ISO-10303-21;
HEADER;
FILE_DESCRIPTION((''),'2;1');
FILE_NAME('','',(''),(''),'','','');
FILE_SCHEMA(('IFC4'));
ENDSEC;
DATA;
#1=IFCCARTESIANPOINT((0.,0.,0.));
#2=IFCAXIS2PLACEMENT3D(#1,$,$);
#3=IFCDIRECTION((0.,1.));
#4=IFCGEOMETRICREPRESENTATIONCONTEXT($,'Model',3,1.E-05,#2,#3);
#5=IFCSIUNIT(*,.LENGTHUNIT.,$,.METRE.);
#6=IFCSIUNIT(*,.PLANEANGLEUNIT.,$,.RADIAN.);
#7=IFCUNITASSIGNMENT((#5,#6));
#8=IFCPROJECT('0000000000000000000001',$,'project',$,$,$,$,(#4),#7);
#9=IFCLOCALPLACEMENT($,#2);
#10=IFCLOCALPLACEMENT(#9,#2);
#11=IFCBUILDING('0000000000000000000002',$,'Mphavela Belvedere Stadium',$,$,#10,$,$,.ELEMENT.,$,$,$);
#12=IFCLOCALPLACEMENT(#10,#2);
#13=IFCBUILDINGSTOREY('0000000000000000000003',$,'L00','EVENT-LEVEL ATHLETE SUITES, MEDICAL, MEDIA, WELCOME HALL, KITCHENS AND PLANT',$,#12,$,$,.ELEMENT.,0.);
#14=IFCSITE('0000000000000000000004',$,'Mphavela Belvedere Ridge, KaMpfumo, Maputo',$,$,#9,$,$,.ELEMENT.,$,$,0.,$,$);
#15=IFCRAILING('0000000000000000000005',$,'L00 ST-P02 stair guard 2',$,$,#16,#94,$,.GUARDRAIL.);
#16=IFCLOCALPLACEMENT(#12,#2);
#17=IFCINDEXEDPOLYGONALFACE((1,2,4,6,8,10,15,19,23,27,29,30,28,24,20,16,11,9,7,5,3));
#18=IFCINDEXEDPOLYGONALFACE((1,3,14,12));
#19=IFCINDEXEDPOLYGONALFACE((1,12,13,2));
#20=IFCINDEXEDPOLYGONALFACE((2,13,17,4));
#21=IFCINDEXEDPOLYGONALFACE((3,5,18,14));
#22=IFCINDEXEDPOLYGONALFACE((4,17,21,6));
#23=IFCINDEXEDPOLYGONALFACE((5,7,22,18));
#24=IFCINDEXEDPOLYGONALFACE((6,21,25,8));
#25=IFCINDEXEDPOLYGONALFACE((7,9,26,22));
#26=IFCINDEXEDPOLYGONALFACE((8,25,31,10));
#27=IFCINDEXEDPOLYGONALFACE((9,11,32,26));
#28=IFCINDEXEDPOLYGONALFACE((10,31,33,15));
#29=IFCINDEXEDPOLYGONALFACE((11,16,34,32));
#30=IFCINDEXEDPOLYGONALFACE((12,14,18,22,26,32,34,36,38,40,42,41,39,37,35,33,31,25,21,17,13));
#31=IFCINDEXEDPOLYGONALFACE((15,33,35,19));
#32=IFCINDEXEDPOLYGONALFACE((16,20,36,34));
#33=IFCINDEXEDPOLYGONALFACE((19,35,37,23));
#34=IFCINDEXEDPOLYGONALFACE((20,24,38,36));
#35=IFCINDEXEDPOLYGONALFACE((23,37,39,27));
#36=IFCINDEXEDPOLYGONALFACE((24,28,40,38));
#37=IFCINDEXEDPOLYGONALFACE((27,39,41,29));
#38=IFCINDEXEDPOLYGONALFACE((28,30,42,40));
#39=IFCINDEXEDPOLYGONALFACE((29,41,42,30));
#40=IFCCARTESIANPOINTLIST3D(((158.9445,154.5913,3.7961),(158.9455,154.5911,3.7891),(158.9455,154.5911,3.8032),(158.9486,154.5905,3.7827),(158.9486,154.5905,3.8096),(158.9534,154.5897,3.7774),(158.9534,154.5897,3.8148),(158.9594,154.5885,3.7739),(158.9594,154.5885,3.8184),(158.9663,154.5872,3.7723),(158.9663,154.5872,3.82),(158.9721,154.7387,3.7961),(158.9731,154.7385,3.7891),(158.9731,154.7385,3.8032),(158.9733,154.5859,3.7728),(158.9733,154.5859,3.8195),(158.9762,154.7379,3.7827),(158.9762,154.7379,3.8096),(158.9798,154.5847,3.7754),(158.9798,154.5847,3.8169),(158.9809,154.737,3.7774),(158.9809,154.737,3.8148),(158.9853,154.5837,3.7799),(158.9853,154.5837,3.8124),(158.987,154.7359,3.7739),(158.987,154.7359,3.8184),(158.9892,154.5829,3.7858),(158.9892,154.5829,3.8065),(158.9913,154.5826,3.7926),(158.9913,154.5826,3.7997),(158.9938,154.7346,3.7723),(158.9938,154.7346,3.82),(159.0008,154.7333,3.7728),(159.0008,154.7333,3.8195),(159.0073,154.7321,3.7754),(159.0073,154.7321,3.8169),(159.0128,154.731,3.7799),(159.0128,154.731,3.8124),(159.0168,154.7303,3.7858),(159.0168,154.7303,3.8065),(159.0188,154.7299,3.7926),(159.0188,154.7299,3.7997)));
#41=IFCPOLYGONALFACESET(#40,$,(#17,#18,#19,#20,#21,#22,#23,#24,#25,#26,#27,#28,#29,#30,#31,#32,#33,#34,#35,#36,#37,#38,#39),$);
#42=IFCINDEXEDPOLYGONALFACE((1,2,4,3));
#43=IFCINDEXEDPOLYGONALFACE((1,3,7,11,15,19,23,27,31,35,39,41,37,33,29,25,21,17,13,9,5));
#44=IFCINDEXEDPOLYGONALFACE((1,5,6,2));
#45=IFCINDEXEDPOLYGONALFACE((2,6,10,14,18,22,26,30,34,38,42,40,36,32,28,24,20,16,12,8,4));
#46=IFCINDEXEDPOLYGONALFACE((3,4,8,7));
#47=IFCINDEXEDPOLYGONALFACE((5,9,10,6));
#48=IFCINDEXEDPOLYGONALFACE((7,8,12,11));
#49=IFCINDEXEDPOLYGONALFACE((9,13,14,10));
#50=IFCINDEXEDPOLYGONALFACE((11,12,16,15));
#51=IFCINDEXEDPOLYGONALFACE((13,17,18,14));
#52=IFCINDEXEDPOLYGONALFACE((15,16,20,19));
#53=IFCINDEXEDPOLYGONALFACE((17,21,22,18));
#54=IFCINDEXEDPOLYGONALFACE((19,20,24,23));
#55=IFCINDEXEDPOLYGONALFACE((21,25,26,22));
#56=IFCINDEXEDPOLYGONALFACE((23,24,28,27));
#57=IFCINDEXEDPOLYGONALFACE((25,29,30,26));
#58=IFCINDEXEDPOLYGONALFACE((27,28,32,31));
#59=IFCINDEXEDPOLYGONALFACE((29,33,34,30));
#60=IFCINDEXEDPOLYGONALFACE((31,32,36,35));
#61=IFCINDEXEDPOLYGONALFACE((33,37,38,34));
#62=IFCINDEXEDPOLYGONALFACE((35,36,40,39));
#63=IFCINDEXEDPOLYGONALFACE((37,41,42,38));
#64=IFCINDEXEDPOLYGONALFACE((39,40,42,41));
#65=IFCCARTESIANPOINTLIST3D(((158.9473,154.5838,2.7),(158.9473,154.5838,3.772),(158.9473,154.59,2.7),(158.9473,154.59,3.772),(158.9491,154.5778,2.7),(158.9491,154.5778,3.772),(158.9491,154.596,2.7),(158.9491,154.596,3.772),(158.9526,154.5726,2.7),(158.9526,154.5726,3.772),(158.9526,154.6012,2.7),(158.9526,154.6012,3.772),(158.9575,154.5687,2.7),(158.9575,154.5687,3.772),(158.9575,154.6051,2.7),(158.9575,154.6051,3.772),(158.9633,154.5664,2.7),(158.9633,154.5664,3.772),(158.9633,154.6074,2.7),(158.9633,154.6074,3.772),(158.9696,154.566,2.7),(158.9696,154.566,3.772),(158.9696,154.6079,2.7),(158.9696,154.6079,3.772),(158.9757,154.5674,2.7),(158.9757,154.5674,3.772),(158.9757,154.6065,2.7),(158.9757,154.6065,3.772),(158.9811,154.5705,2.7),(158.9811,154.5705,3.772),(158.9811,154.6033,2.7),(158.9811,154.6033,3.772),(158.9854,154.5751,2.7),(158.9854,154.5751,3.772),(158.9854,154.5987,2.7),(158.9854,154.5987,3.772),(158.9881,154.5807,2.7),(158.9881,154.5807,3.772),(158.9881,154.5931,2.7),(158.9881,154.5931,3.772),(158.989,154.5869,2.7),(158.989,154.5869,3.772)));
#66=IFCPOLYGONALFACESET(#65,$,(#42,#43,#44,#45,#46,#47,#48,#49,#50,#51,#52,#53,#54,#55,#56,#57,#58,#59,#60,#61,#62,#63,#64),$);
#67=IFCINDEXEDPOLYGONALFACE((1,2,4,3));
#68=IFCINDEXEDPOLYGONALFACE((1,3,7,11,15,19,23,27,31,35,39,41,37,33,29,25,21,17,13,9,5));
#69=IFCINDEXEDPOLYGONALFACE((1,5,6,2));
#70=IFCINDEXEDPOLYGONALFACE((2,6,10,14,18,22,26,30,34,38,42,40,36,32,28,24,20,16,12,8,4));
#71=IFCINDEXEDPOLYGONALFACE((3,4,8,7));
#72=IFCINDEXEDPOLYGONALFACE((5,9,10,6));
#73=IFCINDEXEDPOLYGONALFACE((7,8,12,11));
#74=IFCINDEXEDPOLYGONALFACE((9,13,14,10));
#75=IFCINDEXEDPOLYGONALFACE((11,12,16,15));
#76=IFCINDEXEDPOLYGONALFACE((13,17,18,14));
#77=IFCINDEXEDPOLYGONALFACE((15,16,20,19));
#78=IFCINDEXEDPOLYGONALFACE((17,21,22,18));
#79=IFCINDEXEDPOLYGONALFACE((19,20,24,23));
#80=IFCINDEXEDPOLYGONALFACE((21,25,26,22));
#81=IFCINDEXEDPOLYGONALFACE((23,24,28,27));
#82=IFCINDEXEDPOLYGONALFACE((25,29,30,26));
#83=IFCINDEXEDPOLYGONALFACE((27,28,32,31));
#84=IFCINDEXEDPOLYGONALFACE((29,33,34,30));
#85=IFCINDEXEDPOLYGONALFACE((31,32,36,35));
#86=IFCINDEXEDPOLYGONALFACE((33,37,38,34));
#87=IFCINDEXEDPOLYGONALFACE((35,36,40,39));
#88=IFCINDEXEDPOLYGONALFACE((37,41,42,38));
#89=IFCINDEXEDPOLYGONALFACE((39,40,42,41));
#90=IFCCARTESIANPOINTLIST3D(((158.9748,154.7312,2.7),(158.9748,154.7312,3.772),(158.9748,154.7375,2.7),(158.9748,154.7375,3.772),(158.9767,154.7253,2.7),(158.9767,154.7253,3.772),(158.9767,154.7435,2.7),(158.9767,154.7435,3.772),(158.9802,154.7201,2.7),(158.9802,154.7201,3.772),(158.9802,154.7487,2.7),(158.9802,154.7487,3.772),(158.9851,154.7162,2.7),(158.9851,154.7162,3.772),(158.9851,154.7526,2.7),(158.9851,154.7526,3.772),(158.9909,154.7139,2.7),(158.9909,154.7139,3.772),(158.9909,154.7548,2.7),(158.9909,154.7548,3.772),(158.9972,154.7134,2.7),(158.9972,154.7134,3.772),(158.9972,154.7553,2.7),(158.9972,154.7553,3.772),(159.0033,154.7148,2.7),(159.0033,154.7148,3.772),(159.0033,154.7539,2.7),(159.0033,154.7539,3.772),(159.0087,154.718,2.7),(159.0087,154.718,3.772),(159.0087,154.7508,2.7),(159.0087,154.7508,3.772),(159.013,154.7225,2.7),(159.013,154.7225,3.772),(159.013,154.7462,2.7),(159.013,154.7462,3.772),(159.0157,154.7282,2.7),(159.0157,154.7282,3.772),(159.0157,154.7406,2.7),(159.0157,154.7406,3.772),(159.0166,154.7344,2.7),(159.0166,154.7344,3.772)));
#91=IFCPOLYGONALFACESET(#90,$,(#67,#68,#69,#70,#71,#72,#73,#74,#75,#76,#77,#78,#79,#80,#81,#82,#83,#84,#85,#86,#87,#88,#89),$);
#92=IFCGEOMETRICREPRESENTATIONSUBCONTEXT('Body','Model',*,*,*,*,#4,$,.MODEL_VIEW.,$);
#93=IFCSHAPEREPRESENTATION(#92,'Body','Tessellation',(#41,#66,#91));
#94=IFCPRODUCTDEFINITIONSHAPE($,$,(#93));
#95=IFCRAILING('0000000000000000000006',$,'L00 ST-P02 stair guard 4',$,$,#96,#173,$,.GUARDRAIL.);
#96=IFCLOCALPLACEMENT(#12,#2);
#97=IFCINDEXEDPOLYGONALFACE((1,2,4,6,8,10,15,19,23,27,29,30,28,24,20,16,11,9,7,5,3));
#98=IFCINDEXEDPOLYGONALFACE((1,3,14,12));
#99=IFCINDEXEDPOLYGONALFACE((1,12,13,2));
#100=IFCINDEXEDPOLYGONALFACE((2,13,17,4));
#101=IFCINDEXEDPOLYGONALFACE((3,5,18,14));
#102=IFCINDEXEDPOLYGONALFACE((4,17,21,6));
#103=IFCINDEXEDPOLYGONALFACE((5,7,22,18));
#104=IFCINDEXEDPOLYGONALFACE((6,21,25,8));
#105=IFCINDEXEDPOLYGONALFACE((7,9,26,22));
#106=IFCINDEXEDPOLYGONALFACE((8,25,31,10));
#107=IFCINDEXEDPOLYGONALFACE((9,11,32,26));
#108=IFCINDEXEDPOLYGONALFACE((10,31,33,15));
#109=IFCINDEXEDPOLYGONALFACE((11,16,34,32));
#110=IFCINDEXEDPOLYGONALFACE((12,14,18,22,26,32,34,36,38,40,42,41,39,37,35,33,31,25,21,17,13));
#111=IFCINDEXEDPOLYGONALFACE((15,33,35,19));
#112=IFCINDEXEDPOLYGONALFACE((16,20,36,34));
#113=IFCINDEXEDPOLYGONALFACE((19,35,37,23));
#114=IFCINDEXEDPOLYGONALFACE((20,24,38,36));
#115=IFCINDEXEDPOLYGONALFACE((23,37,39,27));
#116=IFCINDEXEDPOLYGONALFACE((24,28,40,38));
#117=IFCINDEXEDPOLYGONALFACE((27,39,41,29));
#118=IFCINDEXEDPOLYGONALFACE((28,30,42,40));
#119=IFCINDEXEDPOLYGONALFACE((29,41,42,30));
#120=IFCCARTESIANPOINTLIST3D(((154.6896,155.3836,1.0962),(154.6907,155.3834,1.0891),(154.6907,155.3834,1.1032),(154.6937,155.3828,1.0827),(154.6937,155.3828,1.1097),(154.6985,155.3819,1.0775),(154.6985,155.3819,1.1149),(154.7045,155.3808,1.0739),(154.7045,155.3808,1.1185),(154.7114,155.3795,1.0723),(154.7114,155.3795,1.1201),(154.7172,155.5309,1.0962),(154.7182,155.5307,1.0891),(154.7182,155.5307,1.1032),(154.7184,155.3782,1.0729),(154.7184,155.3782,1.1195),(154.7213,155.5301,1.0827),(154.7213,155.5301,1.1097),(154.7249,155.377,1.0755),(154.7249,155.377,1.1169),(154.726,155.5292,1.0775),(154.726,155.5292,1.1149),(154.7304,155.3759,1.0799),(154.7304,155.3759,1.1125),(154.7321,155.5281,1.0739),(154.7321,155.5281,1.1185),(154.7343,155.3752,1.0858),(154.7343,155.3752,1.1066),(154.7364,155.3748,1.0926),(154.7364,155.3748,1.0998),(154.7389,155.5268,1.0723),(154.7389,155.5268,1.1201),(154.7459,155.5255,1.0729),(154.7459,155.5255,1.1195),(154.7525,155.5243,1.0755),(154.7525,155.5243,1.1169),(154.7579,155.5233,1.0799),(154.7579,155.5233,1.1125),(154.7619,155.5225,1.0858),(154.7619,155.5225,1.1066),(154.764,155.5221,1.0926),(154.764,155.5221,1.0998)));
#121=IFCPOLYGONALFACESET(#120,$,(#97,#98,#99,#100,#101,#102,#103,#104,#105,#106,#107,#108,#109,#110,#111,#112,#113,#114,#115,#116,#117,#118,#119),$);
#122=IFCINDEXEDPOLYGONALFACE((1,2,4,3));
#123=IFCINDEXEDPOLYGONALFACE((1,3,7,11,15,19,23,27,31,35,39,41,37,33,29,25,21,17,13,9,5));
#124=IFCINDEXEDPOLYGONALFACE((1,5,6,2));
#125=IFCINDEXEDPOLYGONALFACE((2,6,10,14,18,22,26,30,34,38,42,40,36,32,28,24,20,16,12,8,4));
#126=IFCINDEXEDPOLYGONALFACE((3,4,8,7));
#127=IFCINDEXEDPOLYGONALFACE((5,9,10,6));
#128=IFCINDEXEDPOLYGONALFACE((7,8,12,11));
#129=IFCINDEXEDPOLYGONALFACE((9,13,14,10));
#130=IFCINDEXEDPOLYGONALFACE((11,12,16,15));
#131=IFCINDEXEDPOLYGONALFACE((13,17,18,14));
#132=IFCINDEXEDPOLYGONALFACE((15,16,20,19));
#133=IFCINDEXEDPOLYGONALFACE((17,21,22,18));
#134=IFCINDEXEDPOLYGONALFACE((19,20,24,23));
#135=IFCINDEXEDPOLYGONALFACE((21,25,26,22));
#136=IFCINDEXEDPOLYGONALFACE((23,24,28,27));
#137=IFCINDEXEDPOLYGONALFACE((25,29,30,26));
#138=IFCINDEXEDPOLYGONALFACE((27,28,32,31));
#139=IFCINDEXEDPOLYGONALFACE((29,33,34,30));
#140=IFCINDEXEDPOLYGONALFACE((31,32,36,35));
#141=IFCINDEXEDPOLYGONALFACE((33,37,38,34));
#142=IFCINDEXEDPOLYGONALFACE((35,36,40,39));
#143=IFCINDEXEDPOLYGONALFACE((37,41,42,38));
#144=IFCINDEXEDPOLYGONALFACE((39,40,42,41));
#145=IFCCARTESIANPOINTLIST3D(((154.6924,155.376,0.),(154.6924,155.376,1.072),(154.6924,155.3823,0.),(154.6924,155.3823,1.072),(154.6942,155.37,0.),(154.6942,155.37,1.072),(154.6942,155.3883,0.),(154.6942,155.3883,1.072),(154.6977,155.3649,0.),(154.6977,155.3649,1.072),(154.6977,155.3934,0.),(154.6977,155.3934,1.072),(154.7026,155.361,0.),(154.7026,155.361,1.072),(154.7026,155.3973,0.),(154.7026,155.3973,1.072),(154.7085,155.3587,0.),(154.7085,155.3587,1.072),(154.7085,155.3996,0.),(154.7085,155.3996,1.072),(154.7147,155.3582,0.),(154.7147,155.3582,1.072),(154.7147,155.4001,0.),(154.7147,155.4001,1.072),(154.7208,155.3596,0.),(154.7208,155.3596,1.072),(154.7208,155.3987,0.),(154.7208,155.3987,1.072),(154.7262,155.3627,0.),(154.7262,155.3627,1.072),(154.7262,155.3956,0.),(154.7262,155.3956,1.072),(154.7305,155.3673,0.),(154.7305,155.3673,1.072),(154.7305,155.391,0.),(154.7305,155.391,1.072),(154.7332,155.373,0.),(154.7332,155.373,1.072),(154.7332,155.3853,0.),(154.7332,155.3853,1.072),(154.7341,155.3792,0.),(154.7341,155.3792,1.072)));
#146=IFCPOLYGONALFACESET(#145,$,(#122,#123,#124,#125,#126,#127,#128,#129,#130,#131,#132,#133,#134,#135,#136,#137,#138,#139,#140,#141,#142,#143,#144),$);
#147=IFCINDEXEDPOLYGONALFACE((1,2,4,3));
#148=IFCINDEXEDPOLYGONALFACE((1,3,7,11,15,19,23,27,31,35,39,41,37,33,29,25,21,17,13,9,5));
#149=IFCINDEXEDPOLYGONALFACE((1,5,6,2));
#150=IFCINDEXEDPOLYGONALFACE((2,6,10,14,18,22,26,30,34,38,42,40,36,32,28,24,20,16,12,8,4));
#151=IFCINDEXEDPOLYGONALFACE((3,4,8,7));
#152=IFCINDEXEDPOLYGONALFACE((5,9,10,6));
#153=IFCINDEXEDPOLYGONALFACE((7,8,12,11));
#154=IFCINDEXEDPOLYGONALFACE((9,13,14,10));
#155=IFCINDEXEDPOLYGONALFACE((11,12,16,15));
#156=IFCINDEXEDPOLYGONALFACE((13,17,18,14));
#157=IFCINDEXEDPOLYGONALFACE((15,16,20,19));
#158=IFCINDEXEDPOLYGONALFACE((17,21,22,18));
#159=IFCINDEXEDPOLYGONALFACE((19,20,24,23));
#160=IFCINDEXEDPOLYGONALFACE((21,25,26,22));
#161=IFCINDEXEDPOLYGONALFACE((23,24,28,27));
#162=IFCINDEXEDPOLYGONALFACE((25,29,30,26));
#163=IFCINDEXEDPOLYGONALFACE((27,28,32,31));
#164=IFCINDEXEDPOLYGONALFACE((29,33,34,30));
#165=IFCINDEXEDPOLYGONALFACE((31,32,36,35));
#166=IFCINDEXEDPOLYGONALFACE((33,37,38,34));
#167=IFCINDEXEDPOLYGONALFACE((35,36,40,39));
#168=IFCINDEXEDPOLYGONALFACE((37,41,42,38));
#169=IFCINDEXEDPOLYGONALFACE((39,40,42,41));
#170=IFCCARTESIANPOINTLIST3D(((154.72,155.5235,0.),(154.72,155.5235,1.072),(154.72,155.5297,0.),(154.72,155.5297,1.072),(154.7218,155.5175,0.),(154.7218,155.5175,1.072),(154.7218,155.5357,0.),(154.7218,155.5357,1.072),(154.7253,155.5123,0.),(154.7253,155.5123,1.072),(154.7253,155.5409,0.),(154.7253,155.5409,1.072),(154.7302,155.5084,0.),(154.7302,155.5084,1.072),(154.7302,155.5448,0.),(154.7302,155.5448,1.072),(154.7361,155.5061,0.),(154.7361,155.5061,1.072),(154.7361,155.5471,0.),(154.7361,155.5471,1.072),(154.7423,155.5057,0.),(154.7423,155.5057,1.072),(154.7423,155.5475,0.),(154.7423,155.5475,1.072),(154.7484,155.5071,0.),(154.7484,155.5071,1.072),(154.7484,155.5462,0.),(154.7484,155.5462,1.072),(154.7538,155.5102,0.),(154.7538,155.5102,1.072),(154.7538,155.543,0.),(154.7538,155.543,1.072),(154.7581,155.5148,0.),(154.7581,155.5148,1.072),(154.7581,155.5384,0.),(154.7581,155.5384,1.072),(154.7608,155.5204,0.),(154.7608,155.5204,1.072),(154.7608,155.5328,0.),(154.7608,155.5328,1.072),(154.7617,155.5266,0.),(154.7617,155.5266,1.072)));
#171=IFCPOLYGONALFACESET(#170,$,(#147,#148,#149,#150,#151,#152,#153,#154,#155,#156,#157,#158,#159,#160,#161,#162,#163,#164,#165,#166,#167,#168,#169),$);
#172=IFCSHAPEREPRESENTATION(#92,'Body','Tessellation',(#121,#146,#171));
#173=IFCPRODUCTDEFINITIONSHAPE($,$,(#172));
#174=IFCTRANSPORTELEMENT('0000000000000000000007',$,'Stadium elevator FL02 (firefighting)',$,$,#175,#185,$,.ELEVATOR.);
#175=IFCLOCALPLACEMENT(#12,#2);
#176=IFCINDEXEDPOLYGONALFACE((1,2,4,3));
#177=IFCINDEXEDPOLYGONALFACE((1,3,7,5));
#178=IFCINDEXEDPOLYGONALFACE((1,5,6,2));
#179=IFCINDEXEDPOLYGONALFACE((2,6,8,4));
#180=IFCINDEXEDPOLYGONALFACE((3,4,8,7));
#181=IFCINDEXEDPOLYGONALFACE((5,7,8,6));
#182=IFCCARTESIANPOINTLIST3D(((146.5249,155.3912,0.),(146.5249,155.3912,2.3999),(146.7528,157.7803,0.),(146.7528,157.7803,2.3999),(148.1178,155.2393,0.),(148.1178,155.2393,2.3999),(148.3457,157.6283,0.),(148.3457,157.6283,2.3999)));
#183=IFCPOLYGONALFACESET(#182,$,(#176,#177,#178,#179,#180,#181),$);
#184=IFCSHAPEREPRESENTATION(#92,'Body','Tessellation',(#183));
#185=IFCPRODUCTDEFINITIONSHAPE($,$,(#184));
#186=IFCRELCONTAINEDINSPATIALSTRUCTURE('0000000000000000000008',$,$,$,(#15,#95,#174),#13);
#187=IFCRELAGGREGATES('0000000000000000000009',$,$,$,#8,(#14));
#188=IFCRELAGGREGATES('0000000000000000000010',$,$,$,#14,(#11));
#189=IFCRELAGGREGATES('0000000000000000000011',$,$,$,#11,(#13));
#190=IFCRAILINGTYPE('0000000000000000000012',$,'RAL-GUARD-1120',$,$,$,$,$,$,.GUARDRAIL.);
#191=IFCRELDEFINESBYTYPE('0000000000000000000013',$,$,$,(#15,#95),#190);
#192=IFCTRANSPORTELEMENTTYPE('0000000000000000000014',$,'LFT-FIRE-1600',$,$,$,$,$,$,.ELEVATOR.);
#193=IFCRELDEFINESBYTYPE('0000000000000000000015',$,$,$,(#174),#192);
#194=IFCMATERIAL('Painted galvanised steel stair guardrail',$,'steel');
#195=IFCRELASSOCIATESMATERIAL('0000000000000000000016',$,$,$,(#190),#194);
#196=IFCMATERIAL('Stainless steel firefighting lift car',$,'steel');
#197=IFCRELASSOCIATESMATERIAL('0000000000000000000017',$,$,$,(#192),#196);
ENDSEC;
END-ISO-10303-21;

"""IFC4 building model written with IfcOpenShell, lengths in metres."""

from ifc_helpers import new_model, si_unit, direction, frame, origin, origin_2d, place, context, subcontext, project, spatial, rectangle, circle, extrude, material, type_object, element, save


model = new_model("IFC4")

# Units and contexts
model_context = context("Model", 3, precision=1e-05, world=origin(), true_north=direction((0.0, 1.0)))
body_context = subcontext(model_context, "Body", "Model", "MODEL_VIEW")
ifc_project = project(units=[si_unit("LENGTHUNIT", "METRE"), si_unit("PLANEANGLEUNIT", "RADIAN")], contexts=[model_context])

# Site, building, storey
site_placement = place(None, origin())
site = spatial("IfcSite", under=ifc_project, at=site_placement, Name="Mphavela Belvedere Ridge, KaMpfumo, Maputo", CompositionType="ELEMENT", RefElevation=0.0)
building_placement = place(site_placement, origin())
building = spatial("IfcBuilding", under=site, at=building_placement, Name="Mphavela Belvedere Stadium", CompositionType="ELEMENT")
storey_placement = place(building_placement, origin())
storey = spatial("IfcBuildingStorey", under=building, at=storey_placement, Name="L00", Description="EVENT-LEVEL ATHLETE SUITES, MEDICAL, MEDIA, WELCOME HALL, KITCHENS AND PLANT", CompositionType="ELEMENT", Elevation=0.0)

# Railings
ifc_material_1 = material(Name="Painted galvanised steel stair guardrail", Category="steel")
railing_type_1 = type_object("IfcRailingType", Name="RAL-GUARD-1120", PredefinedType="GUARDRAIL", material=ifc_material_1)
railing_1_placement = place(storey_placement, frame((158.968, 154.5869, 2.7)))
element("IfcRailing", 1, at=railing_1_placement, inside=storey, type_object=railing_type_1, Name="L00 ST-P02 stair guard 2", PredefinedType="GUARDRAIL", context=body_context, shape_type="SweptSolid", body=[
    extrude(circle(Radius=0.0239, at=origin_2d()), frame((0.0, 0.0, 1.0962), z_axis=(0.183895, 0.982946, 0.0), x_axis=(-0.982946, 0.183895, 0.0)), (0.0, 0.0, 1.0), 0.1499),
    extrude(circle(Radius=0.021, at=origin_2d()), origin(), (0.0, 0.0, 1.0), 1.072),
    extrude(circle(Radius=0.021, at=origin_2d()), frame((0.0276, 0.1475, 0.0)), (0.0, 0.0, 1.0), 1.072),
])
railing_2_placement = place(storey_placement, frame((154.7131, 155.3792, 0.0)))
element("IfcRailing", 2, at=railing_2_placement, inside=storey, type_object=railing_type_1, Name="L00 ST-P02 stair guard 4", PredefinedType="GUARDRAIL", context=body_context, shape_type="SweptSolid", body=[
    extrude(circle(Radius=0.0239, at=origin_2d()), frame((0.0, 0.0, 1.0962), z_axis=(0.183895, 0.982946, 0.0), x_axis=(-0.982946, 0.183895, 0.0)), (0.0, 0.0, 1.0), 0.1499),
    extrude(circle(Radius=0.021, at=origin_2d()), origin(), (0.0, 0.0, 1.0), 1.072),
    extrude(circle(Radius=0.021, at=origin_2d()), frame((0.0276, 0.1475, 0.0)), (0.0, 0.0, 1.0), 1.072),
])

# Transport element
ifc_material_2 = material(Name="Stainless steel firefighting lift car", Category="steel")
transport_element_type = type_object("IfcTransportElementType", Name="LFT-FIRE-1600", PredefinedType="ELEVATOR", material=ifc_material_2)
transport_element_placement = place(storey_placement, frame((147.4353, 156.5098, 0.0), z_axis=(0.0, 0.0, 1.0), x_axis=(0.995479, -0.094977, 0.0)))
element("IfcTransportElement", 3, at=transport_element_placement, inside=storey, type_object=transport_element_type, Name="Stadium elevator FL02 (firefighting)", PredefinedType="ELEVATOR", context=body_context, shape_type="SweptSolid", body=[
    extrude(rectangle(XDim=1.6001, YDim=2.3999, at=origin_2d()), origin(), (0.0, 0.0, 1.0), 2.3999),
])

save(model, "model.ifc")
